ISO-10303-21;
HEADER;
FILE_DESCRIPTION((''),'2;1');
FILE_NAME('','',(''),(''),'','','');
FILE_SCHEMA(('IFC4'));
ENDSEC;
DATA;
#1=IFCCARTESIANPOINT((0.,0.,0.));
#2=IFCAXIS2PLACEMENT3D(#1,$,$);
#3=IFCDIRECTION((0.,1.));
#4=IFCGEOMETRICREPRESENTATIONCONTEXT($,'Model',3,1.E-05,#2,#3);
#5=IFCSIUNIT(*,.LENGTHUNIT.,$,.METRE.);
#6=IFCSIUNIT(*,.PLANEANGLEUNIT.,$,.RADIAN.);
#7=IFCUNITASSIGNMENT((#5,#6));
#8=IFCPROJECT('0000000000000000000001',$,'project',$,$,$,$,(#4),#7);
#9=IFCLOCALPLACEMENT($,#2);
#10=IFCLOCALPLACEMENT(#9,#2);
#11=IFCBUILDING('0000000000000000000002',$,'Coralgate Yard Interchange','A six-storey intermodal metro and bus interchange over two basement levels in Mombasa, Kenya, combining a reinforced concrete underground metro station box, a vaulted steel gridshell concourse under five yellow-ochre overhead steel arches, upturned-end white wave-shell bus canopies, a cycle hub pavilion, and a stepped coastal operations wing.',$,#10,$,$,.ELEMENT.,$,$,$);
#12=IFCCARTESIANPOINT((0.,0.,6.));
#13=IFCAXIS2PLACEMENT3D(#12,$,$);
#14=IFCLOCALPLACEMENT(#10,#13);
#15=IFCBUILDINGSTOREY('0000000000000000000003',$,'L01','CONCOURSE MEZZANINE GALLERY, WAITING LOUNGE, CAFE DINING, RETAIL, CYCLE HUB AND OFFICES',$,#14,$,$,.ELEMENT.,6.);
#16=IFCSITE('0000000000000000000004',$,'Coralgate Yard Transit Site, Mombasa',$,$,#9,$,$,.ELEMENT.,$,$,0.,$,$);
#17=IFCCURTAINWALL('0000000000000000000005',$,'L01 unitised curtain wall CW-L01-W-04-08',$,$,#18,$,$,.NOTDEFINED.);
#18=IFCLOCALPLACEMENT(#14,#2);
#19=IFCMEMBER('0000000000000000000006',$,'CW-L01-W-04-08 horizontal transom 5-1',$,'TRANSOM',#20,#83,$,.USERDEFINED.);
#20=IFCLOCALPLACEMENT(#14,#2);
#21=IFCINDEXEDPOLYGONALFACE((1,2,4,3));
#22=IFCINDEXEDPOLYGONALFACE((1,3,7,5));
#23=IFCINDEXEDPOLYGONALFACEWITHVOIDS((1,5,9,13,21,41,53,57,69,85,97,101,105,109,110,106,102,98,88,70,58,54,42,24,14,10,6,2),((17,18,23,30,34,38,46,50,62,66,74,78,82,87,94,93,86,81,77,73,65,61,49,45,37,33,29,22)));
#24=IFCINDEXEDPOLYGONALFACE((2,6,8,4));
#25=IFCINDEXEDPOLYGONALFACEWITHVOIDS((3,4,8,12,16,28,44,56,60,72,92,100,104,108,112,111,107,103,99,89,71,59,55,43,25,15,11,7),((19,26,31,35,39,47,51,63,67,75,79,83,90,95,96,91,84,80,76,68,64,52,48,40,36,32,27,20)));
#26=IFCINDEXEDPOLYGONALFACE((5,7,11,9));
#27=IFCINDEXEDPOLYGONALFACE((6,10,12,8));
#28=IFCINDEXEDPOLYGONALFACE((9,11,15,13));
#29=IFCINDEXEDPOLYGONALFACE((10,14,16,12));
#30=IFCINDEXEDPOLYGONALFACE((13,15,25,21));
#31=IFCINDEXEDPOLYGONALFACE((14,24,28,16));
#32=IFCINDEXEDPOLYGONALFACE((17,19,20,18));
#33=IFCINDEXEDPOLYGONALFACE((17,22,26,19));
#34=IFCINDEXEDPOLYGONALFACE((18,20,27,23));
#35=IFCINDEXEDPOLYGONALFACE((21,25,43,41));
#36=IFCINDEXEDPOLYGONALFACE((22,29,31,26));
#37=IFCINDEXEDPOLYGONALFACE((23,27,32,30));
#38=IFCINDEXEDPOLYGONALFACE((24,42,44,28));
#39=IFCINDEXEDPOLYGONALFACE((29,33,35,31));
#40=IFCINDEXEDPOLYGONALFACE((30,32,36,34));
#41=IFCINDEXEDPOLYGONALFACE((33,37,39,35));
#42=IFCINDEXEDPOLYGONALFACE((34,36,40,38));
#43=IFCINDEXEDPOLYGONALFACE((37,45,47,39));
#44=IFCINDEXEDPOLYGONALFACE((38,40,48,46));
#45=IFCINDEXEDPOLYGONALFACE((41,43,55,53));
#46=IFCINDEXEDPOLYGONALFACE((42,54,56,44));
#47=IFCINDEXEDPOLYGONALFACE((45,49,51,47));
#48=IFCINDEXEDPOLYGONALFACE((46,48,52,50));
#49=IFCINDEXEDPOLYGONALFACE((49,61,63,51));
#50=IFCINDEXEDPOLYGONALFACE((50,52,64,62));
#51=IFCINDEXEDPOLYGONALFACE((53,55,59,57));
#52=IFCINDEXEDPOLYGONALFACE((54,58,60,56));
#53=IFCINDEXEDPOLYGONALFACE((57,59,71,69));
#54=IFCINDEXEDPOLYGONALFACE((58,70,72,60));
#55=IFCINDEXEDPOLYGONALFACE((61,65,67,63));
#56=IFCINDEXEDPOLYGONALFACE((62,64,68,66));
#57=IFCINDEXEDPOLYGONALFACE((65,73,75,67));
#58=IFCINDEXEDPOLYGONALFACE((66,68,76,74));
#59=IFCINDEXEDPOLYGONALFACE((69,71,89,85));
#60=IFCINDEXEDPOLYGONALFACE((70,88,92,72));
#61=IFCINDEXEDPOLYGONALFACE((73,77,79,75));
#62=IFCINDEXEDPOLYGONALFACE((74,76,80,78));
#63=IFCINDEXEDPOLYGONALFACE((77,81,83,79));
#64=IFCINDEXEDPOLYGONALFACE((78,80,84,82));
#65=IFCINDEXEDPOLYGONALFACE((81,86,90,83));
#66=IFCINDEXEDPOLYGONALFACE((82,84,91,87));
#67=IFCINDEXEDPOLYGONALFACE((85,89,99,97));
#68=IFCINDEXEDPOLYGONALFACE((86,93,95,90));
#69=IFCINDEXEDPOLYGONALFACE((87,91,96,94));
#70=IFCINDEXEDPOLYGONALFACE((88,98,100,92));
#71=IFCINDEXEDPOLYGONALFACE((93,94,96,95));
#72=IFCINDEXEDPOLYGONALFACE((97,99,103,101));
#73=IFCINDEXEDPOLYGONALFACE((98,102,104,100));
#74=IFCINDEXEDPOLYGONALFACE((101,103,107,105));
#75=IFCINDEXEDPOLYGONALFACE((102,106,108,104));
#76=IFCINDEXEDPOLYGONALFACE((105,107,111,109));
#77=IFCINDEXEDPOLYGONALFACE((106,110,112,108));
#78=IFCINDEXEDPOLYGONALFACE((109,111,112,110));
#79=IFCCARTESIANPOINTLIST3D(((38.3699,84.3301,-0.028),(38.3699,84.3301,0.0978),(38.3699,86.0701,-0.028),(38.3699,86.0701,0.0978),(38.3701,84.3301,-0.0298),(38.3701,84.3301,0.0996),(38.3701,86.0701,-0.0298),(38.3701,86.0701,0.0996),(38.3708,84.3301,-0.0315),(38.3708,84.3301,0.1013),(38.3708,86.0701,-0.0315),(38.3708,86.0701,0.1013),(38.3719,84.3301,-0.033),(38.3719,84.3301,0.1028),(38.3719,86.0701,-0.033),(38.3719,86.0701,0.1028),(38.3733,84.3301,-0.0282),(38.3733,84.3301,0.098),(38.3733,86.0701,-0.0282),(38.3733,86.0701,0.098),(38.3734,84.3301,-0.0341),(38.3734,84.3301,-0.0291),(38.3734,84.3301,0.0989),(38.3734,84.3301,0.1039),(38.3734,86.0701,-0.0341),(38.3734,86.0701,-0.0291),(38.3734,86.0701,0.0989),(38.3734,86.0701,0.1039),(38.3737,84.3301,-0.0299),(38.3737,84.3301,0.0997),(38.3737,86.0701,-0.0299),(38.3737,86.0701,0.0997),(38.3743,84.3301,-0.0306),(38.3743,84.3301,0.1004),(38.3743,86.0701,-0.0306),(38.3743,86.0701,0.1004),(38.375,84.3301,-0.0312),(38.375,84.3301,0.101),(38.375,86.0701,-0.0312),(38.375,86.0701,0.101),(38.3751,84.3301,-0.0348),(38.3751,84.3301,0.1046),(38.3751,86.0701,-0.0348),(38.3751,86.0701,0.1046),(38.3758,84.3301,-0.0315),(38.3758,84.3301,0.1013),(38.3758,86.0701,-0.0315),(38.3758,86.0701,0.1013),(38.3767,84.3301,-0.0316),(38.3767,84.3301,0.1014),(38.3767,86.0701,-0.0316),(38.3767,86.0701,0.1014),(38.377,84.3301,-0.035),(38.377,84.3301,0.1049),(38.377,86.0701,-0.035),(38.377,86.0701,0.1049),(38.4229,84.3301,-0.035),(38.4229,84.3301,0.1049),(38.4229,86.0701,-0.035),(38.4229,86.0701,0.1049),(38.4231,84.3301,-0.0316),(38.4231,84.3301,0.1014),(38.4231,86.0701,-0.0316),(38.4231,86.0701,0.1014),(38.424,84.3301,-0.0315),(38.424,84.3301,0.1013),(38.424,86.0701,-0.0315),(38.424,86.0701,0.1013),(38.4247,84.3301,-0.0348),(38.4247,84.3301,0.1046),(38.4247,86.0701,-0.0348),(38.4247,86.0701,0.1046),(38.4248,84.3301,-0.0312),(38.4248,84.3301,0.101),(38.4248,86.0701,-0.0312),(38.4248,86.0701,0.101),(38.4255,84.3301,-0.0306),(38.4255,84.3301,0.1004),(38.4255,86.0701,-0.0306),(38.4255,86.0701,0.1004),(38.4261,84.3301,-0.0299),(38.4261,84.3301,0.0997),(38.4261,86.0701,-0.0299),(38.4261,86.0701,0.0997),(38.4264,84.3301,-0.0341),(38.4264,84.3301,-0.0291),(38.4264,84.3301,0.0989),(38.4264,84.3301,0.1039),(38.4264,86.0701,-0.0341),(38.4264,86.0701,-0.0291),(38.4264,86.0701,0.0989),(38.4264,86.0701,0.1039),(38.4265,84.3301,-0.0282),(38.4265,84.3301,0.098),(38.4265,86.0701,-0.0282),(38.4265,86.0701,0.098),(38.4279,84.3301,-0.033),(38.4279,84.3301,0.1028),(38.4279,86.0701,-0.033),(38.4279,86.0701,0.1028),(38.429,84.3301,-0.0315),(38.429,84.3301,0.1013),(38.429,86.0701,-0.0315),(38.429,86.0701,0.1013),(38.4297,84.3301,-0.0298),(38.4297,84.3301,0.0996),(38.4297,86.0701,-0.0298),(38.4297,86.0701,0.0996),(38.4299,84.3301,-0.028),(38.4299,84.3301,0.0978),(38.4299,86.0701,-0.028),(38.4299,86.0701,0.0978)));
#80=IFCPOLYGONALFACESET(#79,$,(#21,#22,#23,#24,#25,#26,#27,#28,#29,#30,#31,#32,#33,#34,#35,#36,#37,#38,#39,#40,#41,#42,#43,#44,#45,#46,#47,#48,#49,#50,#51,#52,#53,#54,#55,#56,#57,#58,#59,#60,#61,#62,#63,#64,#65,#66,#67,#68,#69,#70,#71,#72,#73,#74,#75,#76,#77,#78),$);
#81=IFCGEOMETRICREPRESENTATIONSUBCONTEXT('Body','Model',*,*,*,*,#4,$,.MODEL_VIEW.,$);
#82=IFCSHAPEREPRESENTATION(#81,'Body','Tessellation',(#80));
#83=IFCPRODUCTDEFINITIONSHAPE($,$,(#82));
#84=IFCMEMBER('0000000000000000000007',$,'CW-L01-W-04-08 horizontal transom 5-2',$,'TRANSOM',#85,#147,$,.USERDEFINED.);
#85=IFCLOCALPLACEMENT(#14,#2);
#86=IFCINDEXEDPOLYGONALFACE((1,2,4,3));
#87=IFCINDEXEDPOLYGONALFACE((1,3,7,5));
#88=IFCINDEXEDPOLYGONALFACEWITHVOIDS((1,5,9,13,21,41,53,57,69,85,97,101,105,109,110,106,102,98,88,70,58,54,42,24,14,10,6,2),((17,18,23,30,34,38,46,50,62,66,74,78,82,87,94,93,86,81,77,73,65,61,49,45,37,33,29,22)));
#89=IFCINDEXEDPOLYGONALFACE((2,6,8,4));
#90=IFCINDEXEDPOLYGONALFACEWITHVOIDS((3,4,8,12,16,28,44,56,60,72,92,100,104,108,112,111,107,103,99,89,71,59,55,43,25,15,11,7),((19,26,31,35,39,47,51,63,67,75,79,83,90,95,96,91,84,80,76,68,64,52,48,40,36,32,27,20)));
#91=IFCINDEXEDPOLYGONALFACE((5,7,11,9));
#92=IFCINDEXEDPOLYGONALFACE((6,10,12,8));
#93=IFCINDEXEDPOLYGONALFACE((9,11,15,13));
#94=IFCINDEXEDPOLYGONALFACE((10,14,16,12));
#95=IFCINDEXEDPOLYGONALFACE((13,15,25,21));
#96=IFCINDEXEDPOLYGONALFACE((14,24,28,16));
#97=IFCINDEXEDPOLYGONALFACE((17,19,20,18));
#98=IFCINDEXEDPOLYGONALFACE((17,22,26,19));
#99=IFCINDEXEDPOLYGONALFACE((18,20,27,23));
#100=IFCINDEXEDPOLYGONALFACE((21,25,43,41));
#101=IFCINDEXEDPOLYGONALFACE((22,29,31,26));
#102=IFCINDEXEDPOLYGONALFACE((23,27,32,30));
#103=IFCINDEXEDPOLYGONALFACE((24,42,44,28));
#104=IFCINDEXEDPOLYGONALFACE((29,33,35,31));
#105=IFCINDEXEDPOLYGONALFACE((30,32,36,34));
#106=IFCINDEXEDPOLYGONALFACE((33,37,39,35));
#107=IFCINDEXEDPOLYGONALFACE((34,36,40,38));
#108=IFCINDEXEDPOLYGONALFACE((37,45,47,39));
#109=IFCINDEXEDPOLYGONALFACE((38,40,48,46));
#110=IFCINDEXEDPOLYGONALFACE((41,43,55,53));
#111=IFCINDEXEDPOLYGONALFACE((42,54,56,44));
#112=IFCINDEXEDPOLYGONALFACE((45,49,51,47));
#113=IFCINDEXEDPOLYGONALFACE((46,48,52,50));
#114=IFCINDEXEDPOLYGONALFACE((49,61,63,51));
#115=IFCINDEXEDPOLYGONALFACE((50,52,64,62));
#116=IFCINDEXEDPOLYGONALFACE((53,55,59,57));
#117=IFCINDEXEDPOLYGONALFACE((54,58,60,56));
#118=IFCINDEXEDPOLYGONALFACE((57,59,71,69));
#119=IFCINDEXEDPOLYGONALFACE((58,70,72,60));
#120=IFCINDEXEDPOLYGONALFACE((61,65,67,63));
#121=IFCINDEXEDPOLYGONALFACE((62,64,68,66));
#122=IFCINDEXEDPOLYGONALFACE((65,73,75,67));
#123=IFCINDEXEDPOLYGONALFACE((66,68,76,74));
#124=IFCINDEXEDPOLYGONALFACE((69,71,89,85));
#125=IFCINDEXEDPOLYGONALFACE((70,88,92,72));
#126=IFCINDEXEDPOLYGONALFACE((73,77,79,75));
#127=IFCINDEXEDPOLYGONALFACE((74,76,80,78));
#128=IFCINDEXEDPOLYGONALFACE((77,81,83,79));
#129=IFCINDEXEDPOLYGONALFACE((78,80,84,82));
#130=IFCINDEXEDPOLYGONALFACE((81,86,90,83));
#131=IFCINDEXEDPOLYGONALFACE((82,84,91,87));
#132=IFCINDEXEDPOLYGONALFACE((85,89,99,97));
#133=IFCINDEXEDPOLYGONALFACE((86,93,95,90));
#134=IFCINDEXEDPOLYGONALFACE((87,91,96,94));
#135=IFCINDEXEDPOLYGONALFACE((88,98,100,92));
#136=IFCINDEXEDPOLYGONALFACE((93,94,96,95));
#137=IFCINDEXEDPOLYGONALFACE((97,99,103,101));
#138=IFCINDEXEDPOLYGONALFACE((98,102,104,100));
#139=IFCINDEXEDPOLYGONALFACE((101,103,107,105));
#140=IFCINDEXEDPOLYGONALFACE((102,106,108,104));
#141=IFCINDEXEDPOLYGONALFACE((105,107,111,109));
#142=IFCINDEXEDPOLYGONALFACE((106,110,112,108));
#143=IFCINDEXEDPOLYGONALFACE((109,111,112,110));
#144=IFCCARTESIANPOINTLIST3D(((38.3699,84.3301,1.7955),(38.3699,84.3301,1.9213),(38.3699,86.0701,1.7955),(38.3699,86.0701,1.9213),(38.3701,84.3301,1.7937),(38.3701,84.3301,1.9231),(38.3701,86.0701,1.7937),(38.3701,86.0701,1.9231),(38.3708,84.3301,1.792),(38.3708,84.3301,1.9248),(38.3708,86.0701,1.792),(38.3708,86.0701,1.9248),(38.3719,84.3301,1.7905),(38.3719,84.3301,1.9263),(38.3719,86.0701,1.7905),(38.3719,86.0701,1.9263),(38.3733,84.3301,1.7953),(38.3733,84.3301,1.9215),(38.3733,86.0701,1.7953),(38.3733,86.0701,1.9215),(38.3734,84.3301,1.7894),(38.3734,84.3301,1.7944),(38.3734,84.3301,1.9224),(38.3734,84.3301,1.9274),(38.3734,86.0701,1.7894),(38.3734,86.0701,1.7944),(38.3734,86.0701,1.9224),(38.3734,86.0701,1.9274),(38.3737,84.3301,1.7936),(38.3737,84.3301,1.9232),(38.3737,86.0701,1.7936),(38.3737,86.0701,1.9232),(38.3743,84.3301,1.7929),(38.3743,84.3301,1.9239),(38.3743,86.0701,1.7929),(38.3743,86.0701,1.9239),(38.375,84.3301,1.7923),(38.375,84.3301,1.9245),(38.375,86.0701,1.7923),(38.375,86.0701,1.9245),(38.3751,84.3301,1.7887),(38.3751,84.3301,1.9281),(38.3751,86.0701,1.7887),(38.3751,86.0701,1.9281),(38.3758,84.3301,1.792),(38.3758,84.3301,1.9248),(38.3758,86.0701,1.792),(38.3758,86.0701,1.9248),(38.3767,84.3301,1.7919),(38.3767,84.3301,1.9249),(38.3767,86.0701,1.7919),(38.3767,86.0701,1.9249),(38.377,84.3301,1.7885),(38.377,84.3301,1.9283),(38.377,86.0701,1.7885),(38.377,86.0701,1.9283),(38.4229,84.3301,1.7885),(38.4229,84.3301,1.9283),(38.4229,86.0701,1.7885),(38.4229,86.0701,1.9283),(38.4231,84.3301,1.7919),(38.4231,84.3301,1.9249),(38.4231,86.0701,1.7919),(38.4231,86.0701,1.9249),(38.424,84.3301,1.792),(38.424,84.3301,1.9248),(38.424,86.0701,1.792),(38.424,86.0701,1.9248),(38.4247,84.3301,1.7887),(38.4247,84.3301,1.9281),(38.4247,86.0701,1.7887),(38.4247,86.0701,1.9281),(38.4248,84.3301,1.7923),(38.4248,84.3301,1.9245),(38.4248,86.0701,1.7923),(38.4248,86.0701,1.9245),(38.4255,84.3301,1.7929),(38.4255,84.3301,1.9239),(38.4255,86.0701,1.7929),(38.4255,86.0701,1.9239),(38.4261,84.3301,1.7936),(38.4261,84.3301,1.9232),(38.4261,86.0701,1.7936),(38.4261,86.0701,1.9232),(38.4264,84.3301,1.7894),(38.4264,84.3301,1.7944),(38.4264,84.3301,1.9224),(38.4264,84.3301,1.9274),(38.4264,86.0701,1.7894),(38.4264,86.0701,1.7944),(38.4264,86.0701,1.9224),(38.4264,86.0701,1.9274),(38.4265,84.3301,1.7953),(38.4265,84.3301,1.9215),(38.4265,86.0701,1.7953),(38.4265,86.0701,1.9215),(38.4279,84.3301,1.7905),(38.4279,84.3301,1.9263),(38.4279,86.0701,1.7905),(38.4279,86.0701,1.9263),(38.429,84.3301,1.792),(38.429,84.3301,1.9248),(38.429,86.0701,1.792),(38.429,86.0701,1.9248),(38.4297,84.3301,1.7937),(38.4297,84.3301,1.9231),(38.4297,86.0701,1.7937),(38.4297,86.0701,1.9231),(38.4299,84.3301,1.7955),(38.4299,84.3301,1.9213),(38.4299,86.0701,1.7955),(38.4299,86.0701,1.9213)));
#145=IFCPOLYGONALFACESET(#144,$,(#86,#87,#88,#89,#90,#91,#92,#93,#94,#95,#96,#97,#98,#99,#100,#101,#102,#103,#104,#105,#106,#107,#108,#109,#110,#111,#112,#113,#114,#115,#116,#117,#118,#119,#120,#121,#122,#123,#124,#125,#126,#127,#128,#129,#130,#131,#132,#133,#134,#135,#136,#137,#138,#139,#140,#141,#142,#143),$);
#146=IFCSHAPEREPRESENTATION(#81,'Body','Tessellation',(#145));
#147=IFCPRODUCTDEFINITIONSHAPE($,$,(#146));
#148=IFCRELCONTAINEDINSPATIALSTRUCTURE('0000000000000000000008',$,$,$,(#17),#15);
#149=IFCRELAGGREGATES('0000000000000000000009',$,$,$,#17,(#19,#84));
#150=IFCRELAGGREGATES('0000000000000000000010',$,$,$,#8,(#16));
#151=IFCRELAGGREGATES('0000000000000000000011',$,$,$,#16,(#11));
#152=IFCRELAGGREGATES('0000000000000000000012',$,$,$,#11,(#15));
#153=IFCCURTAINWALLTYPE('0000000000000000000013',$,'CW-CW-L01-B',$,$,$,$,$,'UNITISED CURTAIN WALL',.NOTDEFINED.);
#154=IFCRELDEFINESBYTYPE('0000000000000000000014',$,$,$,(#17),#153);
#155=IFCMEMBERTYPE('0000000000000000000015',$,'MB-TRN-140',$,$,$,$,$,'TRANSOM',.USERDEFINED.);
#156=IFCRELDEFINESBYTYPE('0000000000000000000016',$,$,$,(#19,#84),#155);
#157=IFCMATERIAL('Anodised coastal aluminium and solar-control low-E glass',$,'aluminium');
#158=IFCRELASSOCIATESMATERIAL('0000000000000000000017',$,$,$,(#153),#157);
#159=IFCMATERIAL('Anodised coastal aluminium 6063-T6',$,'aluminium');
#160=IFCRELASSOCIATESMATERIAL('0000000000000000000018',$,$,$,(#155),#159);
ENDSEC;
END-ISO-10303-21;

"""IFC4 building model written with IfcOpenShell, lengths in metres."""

from ifc_helpers import new_model, si_unit, direction, frame, origin, origin_2d, place, context, subcontext, project, spatial, hollow_rectangle, extrude, material, material_profile, profile_set, type_object, element, aggregate, save


model = new_model("IFC4")

# Units and contexts
model_context = context("Model", 3, precision=1e-05, world=origin(), true_north=direction((0.0, 1.0)))
body_context = subcontext(model_context, "Body", "Model", "MODEL_VIEW")
ifc_project = project(units=[si_unit("LENGTHUNIT", "METRE"), si_unit("PLANEANGLEUNIT", "RADIAN")], contexts=[model_context])

# Site, building, storey
site_placement = place(None, origin())
site = spatial("IfcSite", under=ifc_project, at=site_placement, Name="Coralgate Yard Transit Site, Mombasa", CompositionType="ELEMENT", RefElevation=0.0)
building_placement = place(site_placement, origin())
building = spatial("IfcBuilding", under=site, at=building_placement, Name="Coralgate Yard Interchange", Description="A six-storey intermodal metro and bus interchange over two basement levels in Mombasa, Kenya, combining a reinforced concrete underground metro station box, a vaulted steel gridshell concourse under five yellow-ochre overhead steel arches, upturned-end white wave-shell bus canopies, a cycle hub pavilion, and a stepped coastal operations wing.", CompositionType="ELEMENT")
storey_placement = place(building_placement, frame((0.0, 0.0, 6.0)))
storey = spatial("IfcBuildingStorey", under=building, at=storey_placement, Name="L01", Description="CONCOURSE MEZZANINE GALLERY, WAITING LOUNGE, CAFE DINING, RETAIL, CYCLE HUB AND OFFICES", CompositionType="ELEMENT", Elevation=6.0)

# Curtain wall, members
ifc_material_1 = material(Name="Anodised coastal aluminium and solar-control low-E glass", Category="aluminium")
curtain_wall_type = type_object("IfcCurtainWallType", Name="CW-CW-L01-B", ElementType="UNITISED CURTAIN WALL", PredefinedType="NOTDEFINED", material=ifc_material_1)
curtain_wall_placement = place(storey_placement, origin())
curtain_wall = element("IfcCurtainWall", 1, at=curtain_wall_placement, inside=storey, type_object=curtain_wall_type, Name="L01 unitised curtain wall CW-L01-W-04-08", PredefinedType="NOTDEFINED")
ifc_material_2 = material(Name="Anodised coastal aluminium 6063-T6", Category="aluminium")
ifc_material_profile_1 = material_profile(ifc_material_2, hollow_rectangle(XDim=0.0601, YDim=0.1399, WallThickness=0.0034, InnerFilletRadius=0.0034, OuterFilletRadius=0.0071, at=origin_2d()), Name="ALU 60x140x3.5")
ifc_profile_set_1 = profile_set([ifc_material_profile_1], Name="Anodised coastal aluminium 6063-T6")
member_type_1 = type_object("IfcMemberType", Name="MB-TRN-140", ElementType="TRANSOM", PredefinedType="USERDEFINED", material=ifc_profile_set_1)
member_1_placement = place(storey_placement, frame((38.3999, 84.3301, 0.0349), z_axis=(0.0, 1.0, 0.0), x_axis=(-1.0, 0.0, 0.0)))
member_1 = element("IfcMember", 2, at=member_1_placement, type_object=member_type_1, Name="CW-L01-W-04-08 horizontal transom 5-1", ObjectType="TRANSOM", PredefinedType="USERDEFINED", context=body_context, shape_type="SweptSolid", body=[
    extrude(hollow_rectangle(XDim=0.0601, YDim=0.1399, WallThickness=0.0034, InnerFilletRadius=0.0034, OuterFilletRadius=0.0071, at=origin_2d()), origin(), (0.0, 0.0, 1.0), 1.74),
])
member_2_placement = place(storey_placement, frame((38.3999, 84.3301, 1.8584), z_axis=(0.0, 1.0, 0.0), x_axis=(-1.0, 0.0, 0.0)))
member_2 = element("IfcMember", 3, at=member_2_placement, type_object=member_type_1, Name="CW-L01-W-04-08 horizontal transom 5-2", ObjectType="TRANSOM", PredefinedType="USERDEFINED", context=body_context, shape_type="SweptSolid", body=[
    extrude(hollow_rectangle(XDim=0.0601, YDim=0.1399, WallThickness=0.0034, InnerFilletRadius=0.0034, OuterFilletRadius=0.0071, at=origin_2d()), origin(), (0.0, 0.0, 1.0), 1.74),
])
aggregate(curtain_wall, [member_1, member_2])

save(model, "model.ifc")
